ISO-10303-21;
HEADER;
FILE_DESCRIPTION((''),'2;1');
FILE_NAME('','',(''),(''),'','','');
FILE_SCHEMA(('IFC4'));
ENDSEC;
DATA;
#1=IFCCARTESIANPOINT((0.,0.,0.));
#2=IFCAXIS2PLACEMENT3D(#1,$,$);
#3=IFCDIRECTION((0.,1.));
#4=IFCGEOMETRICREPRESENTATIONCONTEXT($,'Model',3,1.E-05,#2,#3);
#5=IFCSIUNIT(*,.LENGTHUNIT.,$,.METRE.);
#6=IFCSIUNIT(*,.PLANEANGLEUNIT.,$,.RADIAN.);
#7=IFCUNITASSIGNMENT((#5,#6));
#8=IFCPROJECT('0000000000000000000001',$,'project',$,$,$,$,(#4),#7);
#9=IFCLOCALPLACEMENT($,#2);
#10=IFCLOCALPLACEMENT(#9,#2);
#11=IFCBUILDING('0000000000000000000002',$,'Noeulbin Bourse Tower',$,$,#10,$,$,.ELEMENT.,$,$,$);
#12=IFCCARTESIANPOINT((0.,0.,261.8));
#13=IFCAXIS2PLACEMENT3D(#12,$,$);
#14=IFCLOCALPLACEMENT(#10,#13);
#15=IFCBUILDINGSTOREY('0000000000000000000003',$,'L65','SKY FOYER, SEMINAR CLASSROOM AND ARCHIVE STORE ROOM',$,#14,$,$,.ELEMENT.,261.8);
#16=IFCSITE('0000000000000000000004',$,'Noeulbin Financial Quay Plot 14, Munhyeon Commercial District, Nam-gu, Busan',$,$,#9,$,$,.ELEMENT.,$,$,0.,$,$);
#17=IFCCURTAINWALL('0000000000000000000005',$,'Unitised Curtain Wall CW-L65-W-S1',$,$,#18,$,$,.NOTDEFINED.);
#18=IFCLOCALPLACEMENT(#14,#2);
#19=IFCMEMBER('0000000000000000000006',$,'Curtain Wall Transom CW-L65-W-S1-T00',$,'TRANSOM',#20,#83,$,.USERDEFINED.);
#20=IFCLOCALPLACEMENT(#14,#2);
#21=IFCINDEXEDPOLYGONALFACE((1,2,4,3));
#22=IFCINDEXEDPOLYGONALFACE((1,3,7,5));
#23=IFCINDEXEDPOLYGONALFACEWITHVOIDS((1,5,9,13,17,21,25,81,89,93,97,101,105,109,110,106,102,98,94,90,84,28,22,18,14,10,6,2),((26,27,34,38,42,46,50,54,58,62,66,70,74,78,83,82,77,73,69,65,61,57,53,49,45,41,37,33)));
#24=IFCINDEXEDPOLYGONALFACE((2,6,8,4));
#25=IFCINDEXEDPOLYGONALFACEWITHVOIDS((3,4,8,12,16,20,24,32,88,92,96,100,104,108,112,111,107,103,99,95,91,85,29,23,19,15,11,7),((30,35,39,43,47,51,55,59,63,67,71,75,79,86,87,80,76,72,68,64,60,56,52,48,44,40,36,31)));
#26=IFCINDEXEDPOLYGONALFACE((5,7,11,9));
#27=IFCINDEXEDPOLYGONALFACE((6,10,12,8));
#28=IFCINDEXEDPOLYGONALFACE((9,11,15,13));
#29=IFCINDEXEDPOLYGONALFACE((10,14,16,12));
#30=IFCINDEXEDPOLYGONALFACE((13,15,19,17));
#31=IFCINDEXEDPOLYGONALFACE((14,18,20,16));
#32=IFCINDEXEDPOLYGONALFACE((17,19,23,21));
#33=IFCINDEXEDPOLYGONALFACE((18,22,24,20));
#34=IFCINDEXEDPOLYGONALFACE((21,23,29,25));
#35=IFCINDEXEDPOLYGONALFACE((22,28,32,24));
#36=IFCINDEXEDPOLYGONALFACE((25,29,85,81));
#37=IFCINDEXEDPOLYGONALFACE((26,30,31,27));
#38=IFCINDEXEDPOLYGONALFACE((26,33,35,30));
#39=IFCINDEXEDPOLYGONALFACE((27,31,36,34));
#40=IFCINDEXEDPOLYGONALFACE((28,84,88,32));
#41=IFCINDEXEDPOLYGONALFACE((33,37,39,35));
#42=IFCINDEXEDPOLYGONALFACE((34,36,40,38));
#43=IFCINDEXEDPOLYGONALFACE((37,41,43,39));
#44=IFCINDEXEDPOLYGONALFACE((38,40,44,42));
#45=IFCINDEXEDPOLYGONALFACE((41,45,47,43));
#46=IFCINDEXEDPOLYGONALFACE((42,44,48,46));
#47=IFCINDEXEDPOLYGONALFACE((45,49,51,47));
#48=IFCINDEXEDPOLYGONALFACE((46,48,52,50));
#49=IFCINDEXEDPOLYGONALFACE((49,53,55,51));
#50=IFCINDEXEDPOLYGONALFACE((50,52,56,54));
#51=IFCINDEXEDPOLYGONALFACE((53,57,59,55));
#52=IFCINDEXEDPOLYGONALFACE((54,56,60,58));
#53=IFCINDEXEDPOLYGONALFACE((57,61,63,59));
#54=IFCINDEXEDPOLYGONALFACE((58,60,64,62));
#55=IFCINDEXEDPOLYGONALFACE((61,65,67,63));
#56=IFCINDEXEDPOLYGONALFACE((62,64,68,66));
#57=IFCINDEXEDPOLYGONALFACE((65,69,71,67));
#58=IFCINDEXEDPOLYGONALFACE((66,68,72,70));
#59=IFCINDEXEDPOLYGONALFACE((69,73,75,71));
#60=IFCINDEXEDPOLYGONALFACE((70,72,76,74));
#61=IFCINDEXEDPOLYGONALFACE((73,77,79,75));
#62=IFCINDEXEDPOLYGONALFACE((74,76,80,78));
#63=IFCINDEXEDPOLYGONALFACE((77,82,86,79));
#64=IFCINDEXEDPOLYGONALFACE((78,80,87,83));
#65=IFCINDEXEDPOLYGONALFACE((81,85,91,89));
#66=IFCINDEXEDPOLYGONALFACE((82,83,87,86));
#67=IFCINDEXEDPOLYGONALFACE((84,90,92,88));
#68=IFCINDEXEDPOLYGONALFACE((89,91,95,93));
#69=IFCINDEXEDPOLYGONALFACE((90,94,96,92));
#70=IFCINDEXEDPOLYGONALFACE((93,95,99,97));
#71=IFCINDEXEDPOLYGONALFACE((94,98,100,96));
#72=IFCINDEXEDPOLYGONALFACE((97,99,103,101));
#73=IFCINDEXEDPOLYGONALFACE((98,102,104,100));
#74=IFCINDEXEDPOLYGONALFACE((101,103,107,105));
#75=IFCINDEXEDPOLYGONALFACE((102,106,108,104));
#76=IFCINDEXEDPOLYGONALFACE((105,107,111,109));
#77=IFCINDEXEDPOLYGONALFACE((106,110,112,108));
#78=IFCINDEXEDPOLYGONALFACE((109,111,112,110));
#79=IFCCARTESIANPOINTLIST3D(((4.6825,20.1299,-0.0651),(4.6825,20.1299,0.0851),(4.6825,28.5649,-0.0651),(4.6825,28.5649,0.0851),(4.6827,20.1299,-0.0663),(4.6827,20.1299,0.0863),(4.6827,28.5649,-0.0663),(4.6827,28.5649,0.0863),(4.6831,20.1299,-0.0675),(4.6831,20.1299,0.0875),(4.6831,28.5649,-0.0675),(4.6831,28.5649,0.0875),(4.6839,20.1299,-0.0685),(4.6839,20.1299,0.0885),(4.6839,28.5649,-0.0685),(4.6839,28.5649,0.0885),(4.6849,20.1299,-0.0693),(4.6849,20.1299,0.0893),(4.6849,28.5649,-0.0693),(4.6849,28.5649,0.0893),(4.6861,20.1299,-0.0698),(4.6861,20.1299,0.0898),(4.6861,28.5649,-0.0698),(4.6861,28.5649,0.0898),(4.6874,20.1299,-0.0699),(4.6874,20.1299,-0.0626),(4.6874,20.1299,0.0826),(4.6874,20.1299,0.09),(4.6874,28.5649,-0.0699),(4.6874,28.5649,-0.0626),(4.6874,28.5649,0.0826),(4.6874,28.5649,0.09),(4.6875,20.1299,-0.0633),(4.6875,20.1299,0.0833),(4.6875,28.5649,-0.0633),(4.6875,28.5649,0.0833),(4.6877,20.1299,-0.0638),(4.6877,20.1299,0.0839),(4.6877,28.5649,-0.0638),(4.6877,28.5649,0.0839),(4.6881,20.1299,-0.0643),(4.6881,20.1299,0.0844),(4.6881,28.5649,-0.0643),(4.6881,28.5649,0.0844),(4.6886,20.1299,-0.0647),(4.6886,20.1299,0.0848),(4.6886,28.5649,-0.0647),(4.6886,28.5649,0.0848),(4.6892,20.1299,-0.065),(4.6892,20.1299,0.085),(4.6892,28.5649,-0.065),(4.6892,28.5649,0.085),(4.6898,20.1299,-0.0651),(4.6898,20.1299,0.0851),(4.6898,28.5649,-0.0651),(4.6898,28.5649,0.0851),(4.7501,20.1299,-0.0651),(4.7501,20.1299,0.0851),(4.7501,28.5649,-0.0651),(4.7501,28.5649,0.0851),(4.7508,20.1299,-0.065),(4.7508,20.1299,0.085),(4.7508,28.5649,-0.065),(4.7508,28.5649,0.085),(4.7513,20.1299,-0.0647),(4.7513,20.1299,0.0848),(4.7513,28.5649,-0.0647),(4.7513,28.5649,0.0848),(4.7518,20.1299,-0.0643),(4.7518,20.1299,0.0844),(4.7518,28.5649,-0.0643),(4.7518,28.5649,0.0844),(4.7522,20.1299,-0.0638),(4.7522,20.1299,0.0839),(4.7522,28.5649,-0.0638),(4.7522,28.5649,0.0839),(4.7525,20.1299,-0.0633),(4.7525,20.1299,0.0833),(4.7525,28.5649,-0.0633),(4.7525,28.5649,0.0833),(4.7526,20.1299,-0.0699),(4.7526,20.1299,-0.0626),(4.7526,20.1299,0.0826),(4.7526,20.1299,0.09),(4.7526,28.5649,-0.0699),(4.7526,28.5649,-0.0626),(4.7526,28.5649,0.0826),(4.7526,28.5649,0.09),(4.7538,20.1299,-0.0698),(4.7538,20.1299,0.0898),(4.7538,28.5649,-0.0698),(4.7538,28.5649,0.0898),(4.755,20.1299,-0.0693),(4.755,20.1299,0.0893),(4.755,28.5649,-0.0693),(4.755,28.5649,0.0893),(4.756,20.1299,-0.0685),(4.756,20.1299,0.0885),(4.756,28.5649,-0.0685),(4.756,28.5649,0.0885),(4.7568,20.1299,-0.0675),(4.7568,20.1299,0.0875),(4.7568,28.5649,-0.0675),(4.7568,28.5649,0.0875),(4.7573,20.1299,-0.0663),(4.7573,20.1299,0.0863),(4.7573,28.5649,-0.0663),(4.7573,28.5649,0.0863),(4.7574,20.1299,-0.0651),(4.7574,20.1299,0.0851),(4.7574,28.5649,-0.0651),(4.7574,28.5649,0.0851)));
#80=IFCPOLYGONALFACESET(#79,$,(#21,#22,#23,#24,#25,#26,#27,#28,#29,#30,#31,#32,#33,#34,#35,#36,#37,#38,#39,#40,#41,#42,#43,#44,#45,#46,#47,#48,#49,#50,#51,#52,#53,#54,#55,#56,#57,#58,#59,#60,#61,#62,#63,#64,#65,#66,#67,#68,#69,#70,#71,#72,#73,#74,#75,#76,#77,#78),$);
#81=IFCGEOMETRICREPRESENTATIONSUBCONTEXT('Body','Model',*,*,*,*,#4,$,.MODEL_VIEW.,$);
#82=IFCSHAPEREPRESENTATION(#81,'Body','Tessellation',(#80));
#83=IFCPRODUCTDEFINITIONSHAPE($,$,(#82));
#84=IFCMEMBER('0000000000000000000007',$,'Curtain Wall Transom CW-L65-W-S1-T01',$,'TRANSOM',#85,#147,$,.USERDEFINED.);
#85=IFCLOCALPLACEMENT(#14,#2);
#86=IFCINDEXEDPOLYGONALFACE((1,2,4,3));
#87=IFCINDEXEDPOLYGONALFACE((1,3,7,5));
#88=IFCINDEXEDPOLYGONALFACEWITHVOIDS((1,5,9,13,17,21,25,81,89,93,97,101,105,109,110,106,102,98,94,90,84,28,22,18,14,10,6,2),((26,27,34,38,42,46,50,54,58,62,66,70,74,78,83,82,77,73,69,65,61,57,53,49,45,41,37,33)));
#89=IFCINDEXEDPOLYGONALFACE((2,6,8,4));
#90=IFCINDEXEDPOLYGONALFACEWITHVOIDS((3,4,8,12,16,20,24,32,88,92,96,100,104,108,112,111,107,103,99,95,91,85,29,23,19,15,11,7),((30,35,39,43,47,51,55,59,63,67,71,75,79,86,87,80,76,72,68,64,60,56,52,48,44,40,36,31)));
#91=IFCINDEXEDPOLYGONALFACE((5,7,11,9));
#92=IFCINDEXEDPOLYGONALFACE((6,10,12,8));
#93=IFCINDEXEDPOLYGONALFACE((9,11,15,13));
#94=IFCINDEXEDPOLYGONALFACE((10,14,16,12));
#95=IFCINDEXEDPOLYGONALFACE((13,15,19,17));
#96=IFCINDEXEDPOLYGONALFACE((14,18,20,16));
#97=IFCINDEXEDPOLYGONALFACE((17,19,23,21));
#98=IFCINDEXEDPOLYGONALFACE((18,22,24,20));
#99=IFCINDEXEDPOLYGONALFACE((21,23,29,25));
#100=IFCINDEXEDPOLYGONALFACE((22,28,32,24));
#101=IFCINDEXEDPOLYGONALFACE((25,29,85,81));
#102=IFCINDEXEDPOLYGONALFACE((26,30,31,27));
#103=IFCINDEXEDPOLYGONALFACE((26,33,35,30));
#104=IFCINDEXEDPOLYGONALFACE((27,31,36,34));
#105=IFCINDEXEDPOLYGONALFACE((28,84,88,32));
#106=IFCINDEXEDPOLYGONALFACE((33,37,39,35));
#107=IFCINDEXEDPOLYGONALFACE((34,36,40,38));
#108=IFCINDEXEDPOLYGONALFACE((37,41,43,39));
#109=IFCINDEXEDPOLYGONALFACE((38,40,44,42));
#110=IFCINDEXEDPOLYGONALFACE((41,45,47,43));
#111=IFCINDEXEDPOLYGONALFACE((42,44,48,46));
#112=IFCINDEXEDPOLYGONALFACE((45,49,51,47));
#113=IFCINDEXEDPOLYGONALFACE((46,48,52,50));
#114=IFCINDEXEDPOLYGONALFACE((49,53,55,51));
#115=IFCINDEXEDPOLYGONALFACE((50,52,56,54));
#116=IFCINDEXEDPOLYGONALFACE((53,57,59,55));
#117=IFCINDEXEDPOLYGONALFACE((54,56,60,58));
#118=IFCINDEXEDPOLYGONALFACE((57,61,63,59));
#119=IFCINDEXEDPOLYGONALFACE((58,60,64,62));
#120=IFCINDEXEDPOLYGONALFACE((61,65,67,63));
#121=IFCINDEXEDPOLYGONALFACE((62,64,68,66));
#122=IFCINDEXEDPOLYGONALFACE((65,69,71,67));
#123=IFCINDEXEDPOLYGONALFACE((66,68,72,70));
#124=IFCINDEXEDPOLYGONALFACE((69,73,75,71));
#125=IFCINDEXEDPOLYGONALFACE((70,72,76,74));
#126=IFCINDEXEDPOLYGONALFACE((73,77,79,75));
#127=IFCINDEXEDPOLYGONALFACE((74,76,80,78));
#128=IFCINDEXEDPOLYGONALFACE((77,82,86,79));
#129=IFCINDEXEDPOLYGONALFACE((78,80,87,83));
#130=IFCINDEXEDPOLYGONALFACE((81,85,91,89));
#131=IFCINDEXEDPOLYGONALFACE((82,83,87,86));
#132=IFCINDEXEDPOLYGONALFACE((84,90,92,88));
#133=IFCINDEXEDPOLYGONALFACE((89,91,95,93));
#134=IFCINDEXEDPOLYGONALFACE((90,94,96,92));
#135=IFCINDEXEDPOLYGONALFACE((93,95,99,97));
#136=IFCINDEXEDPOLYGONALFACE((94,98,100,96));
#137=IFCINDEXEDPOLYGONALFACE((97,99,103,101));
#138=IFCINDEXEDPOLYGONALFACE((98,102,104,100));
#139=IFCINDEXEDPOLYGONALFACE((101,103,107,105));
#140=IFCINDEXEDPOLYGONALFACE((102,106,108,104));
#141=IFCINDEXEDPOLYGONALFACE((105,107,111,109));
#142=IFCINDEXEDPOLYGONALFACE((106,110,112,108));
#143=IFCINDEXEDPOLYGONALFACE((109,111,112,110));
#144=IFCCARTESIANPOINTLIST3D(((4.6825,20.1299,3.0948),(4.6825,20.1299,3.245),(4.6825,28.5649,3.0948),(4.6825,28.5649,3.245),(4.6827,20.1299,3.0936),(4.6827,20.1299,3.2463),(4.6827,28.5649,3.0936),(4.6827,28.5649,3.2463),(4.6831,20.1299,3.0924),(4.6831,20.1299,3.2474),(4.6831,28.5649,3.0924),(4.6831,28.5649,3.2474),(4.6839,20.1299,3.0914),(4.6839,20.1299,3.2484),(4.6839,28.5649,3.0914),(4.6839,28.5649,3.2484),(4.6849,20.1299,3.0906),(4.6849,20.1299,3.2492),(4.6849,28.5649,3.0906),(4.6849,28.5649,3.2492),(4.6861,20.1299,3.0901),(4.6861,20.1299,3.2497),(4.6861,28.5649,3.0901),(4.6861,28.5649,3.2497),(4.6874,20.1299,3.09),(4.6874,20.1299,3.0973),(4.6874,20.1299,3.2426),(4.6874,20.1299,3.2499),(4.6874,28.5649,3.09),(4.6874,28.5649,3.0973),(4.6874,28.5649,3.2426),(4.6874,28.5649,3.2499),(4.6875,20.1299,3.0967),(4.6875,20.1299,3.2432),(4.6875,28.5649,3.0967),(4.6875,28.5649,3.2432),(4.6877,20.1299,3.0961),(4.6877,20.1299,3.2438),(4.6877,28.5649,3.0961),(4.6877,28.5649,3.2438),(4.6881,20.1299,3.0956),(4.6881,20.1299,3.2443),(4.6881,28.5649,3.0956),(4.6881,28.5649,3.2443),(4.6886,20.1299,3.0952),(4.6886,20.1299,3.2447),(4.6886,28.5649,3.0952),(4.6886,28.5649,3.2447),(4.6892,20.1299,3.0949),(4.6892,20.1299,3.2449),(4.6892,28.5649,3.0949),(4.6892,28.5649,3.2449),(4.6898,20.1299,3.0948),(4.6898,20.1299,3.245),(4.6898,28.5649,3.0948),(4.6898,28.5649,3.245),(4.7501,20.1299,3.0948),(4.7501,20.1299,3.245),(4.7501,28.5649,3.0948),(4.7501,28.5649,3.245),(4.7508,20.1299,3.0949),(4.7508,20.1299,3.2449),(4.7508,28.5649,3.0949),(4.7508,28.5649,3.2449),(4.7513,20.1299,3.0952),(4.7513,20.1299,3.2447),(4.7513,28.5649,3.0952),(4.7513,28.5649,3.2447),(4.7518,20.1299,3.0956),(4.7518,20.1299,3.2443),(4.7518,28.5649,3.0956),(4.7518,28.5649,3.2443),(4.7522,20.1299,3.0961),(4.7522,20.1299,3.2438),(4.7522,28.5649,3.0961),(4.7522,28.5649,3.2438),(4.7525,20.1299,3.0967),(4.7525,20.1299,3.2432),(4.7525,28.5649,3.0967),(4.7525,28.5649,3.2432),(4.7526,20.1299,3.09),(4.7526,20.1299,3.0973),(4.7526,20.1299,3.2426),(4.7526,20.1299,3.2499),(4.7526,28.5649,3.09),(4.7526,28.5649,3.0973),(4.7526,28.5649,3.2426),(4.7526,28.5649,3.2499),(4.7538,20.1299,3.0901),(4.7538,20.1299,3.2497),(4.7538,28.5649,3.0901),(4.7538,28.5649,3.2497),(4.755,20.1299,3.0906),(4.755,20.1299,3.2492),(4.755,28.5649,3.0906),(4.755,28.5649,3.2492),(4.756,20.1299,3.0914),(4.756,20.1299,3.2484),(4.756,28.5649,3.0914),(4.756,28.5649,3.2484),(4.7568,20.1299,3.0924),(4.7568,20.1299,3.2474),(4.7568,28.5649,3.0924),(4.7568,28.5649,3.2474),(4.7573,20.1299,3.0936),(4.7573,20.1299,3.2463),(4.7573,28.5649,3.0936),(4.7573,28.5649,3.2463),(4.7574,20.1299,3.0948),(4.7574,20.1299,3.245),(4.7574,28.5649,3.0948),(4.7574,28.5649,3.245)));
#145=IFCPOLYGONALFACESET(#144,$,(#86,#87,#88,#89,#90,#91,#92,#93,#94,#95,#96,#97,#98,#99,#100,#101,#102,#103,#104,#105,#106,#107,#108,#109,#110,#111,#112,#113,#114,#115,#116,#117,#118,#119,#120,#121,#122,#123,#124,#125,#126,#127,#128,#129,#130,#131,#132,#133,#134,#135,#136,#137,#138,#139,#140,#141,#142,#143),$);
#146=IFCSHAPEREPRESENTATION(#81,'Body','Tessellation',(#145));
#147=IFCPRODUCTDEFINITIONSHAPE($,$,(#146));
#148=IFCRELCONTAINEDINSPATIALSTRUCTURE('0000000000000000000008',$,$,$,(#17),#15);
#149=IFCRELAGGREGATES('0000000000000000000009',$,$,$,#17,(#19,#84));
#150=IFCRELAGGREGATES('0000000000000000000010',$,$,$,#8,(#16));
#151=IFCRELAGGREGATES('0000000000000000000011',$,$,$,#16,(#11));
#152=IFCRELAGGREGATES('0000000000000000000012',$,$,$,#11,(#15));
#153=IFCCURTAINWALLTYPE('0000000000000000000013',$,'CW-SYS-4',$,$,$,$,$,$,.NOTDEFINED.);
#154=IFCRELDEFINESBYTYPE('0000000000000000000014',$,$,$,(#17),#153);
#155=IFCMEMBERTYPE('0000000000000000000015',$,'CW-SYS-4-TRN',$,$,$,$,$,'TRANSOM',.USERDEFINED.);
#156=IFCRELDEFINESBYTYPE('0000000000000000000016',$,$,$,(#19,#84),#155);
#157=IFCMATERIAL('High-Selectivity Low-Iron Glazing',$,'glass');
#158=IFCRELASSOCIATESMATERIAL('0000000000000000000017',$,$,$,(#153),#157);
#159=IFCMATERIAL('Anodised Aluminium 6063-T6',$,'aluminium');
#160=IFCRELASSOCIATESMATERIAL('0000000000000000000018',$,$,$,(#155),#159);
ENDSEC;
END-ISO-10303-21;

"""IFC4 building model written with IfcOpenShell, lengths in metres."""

from ifc_helpers import new_model, si_unit, direction, frame, origin, origin_2d, place, context, subcontext, project, spatial, hollow_rectangle, extrude, material, material_profile, profile_set, type_object, element, aggregate, save


model = new_model("IFC4")

# Units and contexts
model_context = context("Model", 3, precision=1e-05, world=origin(), true_north=direction((0.0, 1.0)))
body_context = subcontext(model_context, "Body", "Model", "MODEL_VIEW")
ifc_project = project(units=[si_unit("LENGTHUNIT", "METRE"), si_unit("PLANEANGLEUNIT", "RADIAN")], contexts=[model_context])

# Site, building, storey
site_placement = place(None, origin())
site = spatial("IfcSite", under=ifc_project, at=site_placement, Name="Noeulbin Financial Quay Plot 14, Munhyeon Commercial District, Nam-gu, Busan", CompositionType="ELEMENT", RefElevation=0.0)
building_placement = place(site_placement, origin())
building = spatial("IfcBuilding", under=site, at=building_placement, Name="Noeulbin Bourse Tower", CompositionType="ELEMENT")
storey_placement = place(building_placement, frame((0.0, 0.0, 261.8)))
storey = spatial("IfcBuildingStorey", under=building, at=storey_placement, Name="L65", Description="SKY FOYER, SEMINAR CLASSROOM AND ARCHIVE STORE ROOM", CompositionType="ELEMENT", Elevation=261.8)

# Curtain wall
ifc_material_1 = material(Name="High-Selectivity Low-Iron Glazing", Category="glass")
curtain_wall_type = type_object("IfcCurtainWallType", Name="CW-SYS-4", PredefinedType="NOTDEFINED", material=ifc_material_1)
curtain_wall_1_placement = place(storey_placement, origin())
curtain_wall_1 = element("IfcCurtainWall", 1, at=curtain_wall_1_placement, inside=storey, type_object=curtain_wall_type, Name="Unitised Curtain Wall CW-L65-W-S1", PredefinedType="NOTDEFINED")
ifc_material_2 = material(Name="Anodised Aluminium 6063-T6", Category="aluminium")

# Members
ifc_material_profile_1 = material_profile(ifc_material_2, hollow_rectangle(XDim=0.075, YDim=0.1599, WallThickness=0.0049, InnerFilletRadius=0.0024, OuterFilletRadius=0.0049, at=origin_2d()), Name="ALU-TRAN-75x160x5", Category="LoadBearing")
ifc_profile_set_1 = profile_set([ifc_material_profile_1], Name="Anodised Aluminium 6063-T6")
member_type_1 = type_object("IfcMemberType", Name="CW-SYS-4-TRN", ElementType="TRANSOM", PredefinedType="USERDEFINED", material=ifc_profile_set_1)
member_1_placement = place(storey_placement, frame((4.72, 20.1299, 0.01), z_axis=(0.0, 1.0, 0.0), x_axis=(-1.0, 0.0, 0.0)))
member_1 = element("IfcMember", 2, at=member_1_placement, type_object=member_type_1, Name="Curtain Wall Transom CW-L65-W-S1-T00", ObjectType="TRANSOM", PredefinedType="USERDEFINED", context=body_context, shape_type="SweptSolid", body=[
    extrude(hollow_rectangle(XDim=0.075, YDim=0.1599, WallThickness=0.0049, InnerFilletRadius=0.0024, OuterFilletRadius=0.0049, at=origin_2d()), origin(), (0.0, 0.0, 1.0), 8.4351),
])
member_2_placement = place(storey_placement, frame((4.72, 20.1299, 3.1699), z_axis=(0.0, 1.0, 0.0), x_axis=(-1.0, 0.0, 0.0)))
member_2 = element("IfcMember", 3, at=member_2_placement, type_object=member_type_1, Name="Curtain Wall Transom CW-L65-W-S1-T01", ObjectType="TRANSOM", PredefinedType="USERDEFINED", context=body_context, shape_type="SweptSolid", body=[
    extrude(hollow_rectangle(XDim=0.075, YDim=0.1599, WallThickness=0.0049, InnerFilletRadius=0.0024, OuterFilletRadius=0.0049, at=origin_2d()), origin(), (0.0, 0.0, 1.0), 8.4351),
])

aggregate(curtain_wall_1, [member_1, member_2])

save(model, "model.ifc")
